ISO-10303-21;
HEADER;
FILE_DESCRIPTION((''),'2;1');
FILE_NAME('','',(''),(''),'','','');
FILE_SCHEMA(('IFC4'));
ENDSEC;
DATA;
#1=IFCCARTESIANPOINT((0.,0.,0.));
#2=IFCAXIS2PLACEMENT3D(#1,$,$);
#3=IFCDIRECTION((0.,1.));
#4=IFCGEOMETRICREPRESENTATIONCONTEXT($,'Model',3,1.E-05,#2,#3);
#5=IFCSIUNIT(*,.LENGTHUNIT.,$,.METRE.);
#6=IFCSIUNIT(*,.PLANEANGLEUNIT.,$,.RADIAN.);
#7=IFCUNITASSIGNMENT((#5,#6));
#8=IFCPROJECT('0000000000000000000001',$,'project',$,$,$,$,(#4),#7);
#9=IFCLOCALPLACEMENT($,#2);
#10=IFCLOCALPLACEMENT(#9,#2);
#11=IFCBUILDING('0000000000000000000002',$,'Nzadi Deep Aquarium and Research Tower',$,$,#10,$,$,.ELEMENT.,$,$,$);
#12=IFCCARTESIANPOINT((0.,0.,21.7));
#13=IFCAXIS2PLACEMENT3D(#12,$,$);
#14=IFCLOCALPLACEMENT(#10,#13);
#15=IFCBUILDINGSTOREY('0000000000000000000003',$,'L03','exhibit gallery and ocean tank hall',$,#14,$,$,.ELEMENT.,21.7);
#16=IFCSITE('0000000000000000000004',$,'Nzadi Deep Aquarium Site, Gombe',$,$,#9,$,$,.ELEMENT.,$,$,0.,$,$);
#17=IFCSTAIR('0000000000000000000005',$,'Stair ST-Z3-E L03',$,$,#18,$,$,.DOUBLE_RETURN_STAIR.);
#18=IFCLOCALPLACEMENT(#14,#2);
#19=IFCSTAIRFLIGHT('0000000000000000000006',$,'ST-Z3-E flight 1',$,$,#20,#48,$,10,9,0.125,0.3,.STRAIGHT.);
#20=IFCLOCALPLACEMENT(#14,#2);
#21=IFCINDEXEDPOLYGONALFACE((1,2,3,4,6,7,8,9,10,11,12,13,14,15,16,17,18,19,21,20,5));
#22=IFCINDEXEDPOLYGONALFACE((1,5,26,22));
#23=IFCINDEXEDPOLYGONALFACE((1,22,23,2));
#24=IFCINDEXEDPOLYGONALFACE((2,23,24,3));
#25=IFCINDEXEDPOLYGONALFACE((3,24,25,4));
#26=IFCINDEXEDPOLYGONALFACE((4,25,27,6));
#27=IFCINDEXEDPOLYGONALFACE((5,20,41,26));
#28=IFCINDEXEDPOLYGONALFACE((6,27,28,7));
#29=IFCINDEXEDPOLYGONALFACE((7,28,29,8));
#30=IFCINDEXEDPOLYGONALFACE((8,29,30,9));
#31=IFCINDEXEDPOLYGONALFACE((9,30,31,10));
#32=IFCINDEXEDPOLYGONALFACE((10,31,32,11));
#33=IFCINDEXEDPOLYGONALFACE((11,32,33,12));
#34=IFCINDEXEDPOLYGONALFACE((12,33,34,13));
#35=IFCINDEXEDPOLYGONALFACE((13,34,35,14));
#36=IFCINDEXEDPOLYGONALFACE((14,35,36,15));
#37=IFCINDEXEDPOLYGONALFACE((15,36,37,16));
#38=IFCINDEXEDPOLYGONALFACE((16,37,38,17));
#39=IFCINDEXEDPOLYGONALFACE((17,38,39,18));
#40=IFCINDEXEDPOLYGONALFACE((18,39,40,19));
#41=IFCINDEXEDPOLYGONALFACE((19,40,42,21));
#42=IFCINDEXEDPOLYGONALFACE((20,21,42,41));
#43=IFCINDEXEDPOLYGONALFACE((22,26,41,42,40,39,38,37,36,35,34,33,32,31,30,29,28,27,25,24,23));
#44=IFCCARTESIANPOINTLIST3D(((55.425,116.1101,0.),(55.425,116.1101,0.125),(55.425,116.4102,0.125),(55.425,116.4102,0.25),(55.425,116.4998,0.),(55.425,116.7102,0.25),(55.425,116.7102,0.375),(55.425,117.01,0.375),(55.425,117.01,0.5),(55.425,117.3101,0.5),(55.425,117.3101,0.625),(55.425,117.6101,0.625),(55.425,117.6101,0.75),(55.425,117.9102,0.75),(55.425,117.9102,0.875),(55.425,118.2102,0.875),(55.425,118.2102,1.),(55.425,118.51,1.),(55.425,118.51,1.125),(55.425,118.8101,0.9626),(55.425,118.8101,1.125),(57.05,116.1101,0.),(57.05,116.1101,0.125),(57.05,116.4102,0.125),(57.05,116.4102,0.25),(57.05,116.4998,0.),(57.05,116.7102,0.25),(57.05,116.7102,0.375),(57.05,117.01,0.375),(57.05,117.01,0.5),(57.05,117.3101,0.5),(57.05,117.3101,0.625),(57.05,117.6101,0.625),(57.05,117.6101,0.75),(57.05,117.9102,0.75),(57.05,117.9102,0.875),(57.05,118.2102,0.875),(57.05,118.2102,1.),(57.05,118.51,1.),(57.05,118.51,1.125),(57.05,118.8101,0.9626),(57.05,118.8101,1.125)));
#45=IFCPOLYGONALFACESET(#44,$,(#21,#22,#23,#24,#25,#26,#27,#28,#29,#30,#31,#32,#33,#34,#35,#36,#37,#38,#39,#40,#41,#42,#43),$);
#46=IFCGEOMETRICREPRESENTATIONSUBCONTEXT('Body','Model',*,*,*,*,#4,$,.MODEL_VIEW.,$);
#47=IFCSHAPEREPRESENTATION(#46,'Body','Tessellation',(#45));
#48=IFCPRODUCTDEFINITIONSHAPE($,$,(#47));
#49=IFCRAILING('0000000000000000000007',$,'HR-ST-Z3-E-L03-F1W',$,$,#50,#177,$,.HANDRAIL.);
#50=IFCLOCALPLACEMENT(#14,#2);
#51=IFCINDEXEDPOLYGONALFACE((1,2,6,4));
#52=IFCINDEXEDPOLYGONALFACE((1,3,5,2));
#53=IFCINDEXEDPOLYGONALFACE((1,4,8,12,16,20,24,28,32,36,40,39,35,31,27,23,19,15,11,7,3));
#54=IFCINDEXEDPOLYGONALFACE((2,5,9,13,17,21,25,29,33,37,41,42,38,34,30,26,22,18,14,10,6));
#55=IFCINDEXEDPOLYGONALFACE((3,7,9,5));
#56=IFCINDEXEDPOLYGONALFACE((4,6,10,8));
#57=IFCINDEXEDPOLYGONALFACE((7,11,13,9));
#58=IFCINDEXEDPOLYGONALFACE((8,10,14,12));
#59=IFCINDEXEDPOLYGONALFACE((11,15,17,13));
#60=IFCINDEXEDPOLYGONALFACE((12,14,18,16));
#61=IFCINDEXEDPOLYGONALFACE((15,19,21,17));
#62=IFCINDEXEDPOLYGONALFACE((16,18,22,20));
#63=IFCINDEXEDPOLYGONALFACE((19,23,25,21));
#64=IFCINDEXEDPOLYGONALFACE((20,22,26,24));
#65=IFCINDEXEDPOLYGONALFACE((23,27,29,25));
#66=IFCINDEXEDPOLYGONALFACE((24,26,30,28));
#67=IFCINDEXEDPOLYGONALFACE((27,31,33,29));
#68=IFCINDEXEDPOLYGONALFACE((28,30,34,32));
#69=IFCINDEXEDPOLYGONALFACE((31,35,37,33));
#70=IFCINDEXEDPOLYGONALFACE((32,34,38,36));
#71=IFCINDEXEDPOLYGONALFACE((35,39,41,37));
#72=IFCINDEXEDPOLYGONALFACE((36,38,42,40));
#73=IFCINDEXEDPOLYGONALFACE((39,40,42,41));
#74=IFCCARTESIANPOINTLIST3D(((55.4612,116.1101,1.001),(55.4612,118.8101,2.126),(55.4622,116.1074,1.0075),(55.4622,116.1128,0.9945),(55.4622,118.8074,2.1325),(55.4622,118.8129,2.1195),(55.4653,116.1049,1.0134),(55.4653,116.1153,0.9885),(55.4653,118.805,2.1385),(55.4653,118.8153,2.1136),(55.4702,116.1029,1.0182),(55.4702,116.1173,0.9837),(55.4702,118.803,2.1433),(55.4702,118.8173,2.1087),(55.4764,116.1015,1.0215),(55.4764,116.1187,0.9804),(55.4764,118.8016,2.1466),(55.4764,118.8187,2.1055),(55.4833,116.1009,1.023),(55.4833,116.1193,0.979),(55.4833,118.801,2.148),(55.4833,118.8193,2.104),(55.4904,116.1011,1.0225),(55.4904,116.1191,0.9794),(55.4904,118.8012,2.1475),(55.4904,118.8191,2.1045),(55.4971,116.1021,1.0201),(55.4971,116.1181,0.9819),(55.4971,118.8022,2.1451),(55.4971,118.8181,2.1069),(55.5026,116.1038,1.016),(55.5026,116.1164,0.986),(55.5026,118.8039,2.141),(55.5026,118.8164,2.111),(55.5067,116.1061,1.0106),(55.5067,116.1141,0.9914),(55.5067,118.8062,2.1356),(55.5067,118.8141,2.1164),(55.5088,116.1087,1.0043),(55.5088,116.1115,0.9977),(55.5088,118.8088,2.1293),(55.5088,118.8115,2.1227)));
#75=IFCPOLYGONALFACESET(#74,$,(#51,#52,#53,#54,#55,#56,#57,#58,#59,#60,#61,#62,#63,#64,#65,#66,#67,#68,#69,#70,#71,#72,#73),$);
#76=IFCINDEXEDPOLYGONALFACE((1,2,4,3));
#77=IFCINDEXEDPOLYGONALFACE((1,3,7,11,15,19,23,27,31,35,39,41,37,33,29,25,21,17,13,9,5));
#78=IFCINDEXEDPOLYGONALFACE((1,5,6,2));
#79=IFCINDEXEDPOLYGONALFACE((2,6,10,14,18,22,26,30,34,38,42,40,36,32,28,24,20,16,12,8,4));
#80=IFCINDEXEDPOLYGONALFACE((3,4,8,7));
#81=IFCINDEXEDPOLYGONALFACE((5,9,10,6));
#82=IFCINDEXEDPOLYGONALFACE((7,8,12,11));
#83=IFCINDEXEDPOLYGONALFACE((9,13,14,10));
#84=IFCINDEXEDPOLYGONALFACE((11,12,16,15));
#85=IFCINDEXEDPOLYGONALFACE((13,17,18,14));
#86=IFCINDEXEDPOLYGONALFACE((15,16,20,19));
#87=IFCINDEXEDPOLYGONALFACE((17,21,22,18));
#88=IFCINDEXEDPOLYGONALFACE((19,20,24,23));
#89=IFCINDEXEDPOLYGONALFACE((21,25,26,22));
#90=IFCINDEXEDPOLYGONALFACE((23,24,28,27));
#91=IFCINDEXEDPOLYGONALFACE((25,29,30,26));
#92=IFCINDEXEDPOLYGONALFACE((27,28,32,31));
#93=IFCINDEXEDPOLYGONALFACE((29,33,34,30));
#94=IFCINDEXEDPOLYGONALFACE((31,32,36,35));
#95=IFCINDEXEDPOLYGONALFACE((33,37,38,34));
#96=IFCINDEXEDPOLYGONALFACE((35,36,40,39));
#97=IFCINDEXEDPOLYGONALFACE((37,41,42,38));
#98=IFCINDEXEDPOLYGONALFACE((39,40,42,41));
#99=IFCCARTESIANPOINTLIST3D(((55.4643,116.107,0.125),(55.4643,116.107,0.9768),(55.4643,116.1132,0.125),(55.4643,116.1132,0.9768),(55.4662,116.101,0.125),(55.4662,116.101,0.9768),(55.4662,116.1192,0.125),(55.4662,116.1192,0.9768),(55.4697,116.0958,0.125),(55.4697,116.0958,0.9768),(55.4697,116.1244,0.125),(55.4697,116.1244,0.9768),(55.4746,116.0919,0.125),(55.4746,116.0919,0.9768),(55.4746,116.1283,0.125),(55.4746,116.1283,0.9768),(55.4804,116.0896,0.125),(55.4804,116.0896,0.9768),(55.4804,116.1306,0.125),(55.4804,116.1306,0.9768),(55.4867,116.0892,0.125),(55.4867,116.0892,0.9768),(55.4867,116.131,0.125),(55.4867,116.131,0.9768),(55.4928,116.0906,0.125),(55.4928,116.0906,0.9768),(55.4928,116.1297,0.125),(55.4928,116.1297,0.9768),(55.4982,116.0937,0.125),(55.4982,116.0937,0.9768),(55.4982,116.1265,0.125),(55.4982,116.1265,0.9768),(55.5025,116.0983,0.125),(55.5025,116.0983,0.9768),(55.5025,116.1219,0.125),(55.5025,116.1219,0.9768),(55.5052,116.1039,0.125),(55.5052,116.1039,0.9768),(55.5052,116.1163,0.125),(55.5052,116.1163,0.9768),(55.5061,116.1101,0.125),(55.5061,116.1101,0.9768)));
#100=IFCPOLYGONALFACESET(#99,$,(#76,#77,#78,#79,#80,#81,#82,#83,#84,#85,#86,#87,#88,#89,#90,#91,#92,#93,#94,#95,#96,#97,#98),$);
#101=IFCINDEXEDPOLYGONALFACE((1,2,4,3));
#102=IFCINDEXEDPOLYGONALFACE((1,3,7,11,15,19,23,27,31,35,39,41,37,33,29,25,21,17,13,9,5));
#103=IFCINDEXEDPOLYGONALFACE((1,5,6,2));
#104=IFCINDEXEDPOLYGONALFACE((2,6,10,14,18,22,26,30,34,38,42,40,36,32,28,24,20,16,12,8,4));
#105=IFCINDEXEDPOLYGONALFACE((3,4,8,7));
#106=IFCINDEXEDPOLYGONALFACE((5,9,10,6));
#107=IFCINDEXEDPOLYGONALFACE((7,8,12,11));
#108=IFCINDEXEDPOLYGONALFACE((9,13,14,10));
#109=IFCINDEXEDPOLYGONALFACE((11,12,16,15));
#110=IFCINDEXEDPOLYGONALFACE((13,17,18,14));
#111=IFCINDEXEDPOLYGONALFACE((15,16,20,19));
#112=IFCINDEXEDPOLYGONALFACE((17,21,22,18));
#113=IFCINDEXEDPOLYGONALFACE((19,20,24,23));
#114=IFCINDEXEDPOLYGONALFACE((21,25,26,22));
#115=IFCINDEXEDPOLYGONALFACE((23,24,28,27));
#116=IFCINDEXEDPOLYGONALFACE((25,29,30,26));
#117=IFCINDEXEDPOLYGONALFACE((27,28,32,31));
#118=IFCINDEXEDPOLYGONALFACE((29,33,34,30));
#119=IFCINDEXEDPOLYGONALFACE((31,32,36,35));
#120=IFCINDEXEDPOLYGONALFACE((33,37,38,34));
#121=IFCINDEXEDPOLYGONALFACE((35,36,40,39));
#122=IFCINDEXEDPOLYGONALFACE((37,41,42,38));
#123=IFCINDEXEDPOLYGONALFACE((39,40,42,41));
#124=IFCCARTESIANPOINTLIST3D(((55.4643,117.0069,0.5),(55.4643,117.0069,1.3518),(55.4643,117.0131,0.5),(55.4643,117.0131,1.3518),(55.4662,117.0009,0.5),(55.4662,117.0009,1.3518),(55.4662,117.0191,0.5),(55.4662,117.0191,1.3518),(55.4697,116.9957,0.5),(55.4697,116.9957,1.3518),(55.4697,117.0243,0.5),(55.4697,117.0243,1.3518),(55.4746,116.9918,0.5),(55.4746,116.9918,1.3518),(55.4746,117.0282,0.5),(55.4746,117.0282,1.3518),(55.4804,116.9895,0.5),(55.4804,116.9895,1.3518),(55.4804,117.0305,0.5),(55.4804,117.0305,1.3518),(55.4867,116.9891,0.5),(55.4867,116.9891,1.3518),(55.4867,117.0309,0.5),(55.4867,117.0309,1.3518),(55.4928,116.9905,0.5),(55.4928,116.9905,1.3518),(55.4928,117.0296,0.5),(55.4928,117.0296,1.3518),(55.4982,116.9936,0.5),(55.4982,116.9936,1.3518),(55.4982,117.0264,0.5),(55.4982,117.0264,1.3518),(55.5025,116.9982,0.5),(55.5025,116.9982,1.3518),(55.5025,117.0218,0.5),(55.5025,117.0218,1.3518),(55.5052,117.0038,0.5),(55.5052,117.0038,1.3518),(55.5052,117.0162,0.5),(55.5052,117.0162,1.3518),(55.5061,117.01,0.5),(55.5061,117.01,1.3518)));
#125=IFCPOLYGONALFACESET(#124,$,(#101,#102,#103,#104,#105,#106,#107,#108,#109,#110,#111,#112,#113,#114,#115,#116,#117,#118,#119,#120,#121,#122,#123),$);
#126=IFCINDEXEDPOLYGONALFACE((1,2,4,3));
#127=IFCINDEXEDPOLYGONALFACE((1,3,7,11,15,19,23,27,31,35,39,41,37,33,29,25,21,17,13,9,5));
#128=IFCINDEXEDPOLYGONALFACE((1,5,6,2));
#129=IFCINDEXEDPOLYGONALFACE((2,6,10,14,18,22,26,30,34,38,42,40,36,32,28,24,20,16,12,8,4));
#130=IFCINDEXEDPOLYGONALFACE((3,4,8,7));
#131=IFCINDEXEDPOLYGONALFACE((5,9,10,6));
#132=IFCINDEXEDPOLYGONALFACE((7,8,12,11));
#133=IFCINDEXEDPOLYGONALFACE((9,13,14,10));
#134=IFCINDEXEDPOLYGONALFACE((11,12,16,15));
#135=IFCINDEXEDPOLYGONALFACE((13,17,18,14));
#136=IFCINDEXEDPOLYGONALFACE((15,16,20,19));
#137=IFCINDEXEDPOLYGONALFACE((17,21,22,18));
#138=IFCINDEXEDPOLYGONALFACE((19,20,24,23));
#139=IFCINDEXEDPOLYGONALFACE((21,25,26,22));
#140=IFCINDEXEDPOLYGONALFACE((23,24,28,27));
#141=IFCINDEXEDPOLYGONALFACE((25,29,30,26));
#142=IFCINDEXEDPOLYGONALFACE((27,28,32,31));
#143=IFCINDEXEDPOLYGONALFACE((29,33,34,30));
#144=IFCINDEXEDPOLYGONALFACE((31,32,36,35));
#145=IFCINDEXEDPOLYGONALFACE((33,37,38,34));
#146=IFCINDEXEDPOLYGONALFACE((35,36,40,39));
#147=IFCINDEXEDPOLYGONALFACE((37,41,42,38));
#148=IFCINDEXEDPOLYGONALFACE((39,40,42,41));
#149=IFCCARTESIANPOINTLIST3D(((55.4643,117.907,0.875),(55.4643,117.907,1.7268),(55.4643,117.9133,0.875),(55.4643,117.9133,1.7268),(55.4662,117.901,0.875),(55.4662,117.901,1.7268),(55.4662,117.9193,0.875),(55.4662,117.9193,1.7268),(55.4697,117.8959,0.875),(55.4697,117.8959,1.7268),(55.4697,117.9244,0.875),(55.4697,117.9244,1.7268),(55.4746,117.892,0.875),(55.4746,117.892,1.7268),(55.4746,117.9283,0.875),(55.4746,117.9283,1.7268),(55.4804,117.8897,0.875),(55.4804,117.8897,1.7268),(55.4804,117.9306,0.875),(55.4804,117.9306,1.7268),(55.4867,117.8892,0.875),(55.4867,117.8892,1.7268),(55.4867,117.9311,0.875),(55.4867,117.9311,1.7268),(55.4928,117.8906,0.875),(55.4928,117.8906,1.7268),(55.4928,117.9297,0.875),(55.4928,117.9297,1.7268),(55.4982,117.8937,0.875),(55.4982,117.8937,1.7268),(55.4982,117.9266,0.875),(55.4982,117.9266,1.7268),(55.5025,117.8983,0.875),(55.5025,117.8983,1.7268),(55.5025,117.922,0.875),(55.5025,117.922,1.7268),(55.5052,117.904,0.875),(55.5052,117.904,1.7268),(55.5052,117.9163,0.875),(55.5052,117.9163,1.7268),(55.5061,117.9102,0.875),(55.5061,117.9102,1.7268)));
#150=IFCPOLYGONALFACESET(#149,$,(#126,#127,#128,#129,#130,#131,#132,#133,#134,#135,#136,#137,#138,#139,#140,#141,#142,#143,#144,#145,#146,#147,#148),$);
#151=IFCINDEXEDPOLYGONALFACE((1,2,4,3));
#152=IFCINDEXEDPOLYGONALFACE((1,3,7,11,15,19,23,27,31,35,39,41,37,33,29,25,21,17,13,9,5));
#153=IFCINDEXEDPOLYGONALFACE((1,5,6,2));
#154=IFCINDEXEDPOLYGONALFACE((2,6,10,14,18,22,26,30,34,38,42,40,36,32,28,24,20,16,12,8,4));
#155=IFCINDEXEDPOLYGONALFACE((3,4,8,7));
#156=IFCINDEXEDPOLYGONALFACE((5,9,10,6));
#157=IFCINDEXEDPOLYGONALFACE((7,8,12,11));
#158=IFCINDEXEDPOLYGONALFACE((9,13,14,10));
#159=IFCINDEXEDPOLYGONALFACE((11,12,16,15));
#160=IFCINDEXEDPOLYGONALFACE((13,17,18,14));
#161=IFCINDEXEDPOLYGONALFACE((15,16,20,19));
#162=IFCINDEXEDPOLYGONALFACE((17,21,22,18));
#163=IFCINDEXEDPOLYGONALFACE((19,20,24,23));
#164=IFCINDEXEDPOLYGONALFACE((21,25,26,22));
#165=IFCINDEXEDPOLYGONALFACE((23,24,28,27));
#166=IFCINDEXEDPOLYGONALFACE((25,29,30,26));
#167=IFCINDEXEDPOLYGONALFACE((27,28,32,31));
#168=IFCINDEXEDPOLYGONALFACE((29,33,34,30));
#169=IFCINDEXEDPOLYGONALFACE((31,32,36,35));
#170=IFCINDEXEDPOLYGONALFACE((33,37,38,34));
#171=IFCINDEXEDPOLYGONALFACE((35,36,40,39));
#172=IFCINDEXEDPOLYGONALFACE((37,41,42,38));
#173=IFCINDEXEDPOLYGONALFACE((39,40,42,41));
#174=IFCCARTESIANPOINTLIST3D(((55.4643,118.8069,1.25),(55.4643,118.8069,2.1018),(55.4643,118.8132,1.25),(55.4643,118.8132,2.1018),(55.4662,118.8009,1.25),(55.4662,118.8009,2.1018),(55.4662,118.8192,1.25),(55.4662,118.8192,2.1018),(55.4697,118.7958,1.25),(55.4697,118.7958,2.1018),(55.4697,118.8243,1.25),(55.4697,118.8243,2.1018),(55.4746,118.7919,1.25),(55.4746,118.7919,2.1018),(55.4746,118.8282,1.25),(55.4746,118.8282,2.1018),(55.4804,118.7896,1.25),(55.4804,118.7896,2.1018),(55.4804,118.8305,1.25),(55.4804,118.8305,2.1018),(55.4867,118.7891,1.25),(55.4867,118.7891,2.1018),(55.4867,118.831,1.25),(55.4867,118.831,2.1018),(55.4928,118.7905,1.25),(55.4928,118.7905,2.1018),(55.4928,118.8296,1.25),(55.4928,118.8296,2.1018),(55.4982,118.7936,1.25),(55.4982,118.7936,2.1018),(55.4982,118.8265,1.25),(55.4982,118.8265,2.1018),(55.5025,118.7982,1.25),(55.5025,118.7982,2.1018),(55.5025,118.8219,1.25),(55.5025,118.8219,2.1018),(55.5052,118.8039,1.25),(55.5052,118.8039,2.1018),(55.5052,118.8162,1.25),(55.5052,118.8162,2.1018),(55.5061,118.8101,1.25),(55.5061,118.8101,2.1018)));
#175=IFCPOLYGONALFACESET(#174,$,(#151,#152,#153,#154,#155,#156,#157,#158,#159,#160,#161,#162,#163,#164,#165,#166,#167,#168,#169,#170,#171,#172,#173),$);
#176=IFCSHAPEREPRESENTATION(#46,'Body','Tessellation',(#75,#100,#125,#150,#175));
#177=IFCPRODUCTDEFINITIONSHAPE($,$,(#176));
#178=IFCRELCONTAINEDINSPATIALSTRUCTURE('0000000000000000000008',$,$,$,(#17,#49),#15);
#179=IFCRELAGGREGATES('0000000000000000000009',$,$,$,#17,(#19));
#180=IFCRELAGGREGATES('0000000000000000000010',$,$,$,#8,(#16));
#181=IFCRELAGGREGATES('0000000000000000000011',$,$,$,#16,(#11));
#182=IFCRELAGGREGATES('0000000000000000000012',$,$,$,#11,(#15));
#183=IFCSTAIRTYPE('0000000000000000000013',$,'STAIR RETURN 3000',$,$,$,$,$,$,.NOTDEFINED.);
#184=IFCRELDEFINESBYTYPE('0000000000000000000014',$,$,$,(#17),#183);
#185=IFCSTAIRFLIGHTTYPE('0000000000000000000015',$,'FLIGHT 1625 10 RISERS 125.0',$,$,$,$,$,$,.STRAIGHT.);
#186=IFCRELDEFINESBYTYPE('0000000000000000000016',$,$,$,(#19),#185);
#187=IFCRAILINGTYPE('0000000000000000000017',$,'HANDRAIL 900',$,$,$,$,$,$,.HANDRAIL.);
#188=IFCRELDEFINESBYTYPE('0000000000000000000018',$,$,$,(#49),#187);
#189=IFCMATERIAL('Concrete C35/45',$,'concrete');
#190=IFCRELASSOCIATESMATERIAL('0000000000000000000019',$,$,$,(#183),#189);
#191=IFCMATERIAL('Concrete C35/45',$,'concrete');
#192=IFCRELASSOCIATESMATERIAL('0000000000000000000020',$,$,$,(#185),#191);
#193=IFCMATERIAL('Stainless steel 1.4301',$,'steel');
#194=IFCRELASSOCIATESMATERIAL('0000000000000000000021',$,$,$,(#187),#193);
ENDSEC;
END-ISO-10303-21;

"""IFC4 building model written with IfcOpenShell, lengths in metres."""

from ifc_helpers import new_model, si_unit, direction, frame, origin, origin_2d, place, context, subcontext, project, spatial, polyline, circle, outline, extrude, material, type_object, element, aggregate, save


model = new_model("IFC4")

# Units and contexts
model_context = context("Model", 3, precision=1e-05, world=origin(), true_north=direction((0.0, 1.0)))
body_context = subcontext(model_context, "Body", "Model", "MODEL_VIEW")
ifc_project = project(units=[si_unit("LENGTHUNIT", "METRE"), si_unit("PLANEANGLEUNIT", "RADIAN")], contexts=[model_context])

# Site, building, storey
site_placement = place(None, origin())
site = spatial("IfcSite", under=ifc_project, at=site_placement, Name="Nzadi Deep Aquarium Site, Gombe", CompositionType="ELEMENT", RefElevation=0.0)
building_placement = place(site_placement, origin())
building = spatial("IfcBuilding", under=site, at=building_placement, Name="Nzadi Deep Aquarium and Research Tower", CompositionType="ELEMENT")
storey_placement = place(building_placement, frame((0.0, 0.0, 21.7)))
storey = spatial("IfcBuildingStorey", under=building, at=storey_placement, Name="L03", Description="exhibit gallery and ocean tank hall", CompositionType="ELEMENT", Elevation=21.7)

# Stair, stair flight
ifc_material_1 = material(Name="Concrete C35/45", Category="concrete")
stair_type = type_object("IfcStairType", Name="STAIR RETURN 3000", PredefinedType="NOTDEFINED", material=ifc_material_1)
stair_placement = place(storey_placement, origin())
stair = element("IfcStair", 1, at=stair_placement, inside=storey, type_object=stair_type, Name="Stair ST-Z3-E L03", PredefinedType="DOUBLE_RETURN_STAIR")
ifc_material_2 = material(Name="Concrete C35/45", Category="concrete")
stair_flight_type = type_object("IfcStairFlightType", Name="FLIGHT 1625 10 RISERS 125.0", PredefinedType="STRAIGHT", material=ifc_material_2)
stair_flight_placement = place(storey_placement, frame((56.2375, 116.1101, 0.0), z_axis=(0.0, 0.0, 1.0), x_axis=(0.0, 1.0, 0.0)))
stair_flight = element("IfcStairFlight", 2, at=stair_flight_placement, type_object=stair_flight_type, Name="ST-Z3-E flight 1", NumberOfRisers=10, NumberOfTreads=9, PredefinedType="STRAIGHT", RiserHeight=0.125, TreadLength=0.3, context=body_context, shape_type="SweptSolid", body=[
    extrude(outline(polyline([(0.0, 0.0), (0.0, 0.125), (0.3, 0.125), (0.3, 0.25), (0.6001, 0.25), (0.6001, 0.375), (0.8999, 0.375), (0.8999, 0.5), (1.2, 0.5), (1.2, 0.625), (1.5, 0.625), (1.5, 0.75), (1.8, 0.75), (1.8, 0.875), (2.1001, 0.875), (2.1001, 1.0), (2.3999, 1.0), (2.3999, 1.125), (2.7, 1.125), (2.7, 1.25), (2.7, 0.9626), (0.3896, 0.0), (0.0, 0.0)])), frame((0.0, 0.8125, 0.0), z_axis=(0.0, -1.0, 0.0), x_axis=(1.0, 0.0, 0.0)), (0.0, 0.0, 1.0), 1.625),
])
aggregate(stair, [stair_flight])

# Railing
ifc_material_3 = material(Name="Stainless steel 1.4301", Category="steel")
railing_type = type_object("IfcRailingType", Name="HANDRAIL 900", PredefinedType="HANDRAIL", material=ifc_material_3)
for number, where, name in (
    (3, (55.4851, 116.1101, 0.125), "HR-ST-Z3-E-L03-F1W"),
):
    element("IfcRailing", number, at=place(storey_placement, frame(where)), inside=storey, type_object=railing_type, Name=name, PredefinedType="HANDRAIL", context=body_context, shape_type="SweptSolid", body=[
        extrude(circle(Radius=0.0239, at=origin_2d()), frame((0.0, 0.0, 0.876), z_axis=(0.0, 0.923074, 0.384621), x_axis=(-1.0, 0.0, 0.0)), (0.0, 0.0, 1.0), 2.925),
        extrude(circle(Radius=0.021, at=origin_2d()), origin(), (0.0, 0.0, 1.0), 0.8518),
        extrude(circle(Radius=0.021, at=origin_2d()), frame((0.0, 0.8999, 0.375)), (0.0, 0.0, 1.0), 0.8518),
        extrude(circle(Radius=0.021, at=origin_2d()), frame((0.0, 1.8, 0.75)), (0.0, 0.0, 1.0), 0.8518),
        extrude(circle(Radius=0.021, at=origin_2d()), frame((0.0, 2.7, 1.125)), (0.0, 0.0, 1.0), 0.8518),
    ])

save(model, "model.ifc")
